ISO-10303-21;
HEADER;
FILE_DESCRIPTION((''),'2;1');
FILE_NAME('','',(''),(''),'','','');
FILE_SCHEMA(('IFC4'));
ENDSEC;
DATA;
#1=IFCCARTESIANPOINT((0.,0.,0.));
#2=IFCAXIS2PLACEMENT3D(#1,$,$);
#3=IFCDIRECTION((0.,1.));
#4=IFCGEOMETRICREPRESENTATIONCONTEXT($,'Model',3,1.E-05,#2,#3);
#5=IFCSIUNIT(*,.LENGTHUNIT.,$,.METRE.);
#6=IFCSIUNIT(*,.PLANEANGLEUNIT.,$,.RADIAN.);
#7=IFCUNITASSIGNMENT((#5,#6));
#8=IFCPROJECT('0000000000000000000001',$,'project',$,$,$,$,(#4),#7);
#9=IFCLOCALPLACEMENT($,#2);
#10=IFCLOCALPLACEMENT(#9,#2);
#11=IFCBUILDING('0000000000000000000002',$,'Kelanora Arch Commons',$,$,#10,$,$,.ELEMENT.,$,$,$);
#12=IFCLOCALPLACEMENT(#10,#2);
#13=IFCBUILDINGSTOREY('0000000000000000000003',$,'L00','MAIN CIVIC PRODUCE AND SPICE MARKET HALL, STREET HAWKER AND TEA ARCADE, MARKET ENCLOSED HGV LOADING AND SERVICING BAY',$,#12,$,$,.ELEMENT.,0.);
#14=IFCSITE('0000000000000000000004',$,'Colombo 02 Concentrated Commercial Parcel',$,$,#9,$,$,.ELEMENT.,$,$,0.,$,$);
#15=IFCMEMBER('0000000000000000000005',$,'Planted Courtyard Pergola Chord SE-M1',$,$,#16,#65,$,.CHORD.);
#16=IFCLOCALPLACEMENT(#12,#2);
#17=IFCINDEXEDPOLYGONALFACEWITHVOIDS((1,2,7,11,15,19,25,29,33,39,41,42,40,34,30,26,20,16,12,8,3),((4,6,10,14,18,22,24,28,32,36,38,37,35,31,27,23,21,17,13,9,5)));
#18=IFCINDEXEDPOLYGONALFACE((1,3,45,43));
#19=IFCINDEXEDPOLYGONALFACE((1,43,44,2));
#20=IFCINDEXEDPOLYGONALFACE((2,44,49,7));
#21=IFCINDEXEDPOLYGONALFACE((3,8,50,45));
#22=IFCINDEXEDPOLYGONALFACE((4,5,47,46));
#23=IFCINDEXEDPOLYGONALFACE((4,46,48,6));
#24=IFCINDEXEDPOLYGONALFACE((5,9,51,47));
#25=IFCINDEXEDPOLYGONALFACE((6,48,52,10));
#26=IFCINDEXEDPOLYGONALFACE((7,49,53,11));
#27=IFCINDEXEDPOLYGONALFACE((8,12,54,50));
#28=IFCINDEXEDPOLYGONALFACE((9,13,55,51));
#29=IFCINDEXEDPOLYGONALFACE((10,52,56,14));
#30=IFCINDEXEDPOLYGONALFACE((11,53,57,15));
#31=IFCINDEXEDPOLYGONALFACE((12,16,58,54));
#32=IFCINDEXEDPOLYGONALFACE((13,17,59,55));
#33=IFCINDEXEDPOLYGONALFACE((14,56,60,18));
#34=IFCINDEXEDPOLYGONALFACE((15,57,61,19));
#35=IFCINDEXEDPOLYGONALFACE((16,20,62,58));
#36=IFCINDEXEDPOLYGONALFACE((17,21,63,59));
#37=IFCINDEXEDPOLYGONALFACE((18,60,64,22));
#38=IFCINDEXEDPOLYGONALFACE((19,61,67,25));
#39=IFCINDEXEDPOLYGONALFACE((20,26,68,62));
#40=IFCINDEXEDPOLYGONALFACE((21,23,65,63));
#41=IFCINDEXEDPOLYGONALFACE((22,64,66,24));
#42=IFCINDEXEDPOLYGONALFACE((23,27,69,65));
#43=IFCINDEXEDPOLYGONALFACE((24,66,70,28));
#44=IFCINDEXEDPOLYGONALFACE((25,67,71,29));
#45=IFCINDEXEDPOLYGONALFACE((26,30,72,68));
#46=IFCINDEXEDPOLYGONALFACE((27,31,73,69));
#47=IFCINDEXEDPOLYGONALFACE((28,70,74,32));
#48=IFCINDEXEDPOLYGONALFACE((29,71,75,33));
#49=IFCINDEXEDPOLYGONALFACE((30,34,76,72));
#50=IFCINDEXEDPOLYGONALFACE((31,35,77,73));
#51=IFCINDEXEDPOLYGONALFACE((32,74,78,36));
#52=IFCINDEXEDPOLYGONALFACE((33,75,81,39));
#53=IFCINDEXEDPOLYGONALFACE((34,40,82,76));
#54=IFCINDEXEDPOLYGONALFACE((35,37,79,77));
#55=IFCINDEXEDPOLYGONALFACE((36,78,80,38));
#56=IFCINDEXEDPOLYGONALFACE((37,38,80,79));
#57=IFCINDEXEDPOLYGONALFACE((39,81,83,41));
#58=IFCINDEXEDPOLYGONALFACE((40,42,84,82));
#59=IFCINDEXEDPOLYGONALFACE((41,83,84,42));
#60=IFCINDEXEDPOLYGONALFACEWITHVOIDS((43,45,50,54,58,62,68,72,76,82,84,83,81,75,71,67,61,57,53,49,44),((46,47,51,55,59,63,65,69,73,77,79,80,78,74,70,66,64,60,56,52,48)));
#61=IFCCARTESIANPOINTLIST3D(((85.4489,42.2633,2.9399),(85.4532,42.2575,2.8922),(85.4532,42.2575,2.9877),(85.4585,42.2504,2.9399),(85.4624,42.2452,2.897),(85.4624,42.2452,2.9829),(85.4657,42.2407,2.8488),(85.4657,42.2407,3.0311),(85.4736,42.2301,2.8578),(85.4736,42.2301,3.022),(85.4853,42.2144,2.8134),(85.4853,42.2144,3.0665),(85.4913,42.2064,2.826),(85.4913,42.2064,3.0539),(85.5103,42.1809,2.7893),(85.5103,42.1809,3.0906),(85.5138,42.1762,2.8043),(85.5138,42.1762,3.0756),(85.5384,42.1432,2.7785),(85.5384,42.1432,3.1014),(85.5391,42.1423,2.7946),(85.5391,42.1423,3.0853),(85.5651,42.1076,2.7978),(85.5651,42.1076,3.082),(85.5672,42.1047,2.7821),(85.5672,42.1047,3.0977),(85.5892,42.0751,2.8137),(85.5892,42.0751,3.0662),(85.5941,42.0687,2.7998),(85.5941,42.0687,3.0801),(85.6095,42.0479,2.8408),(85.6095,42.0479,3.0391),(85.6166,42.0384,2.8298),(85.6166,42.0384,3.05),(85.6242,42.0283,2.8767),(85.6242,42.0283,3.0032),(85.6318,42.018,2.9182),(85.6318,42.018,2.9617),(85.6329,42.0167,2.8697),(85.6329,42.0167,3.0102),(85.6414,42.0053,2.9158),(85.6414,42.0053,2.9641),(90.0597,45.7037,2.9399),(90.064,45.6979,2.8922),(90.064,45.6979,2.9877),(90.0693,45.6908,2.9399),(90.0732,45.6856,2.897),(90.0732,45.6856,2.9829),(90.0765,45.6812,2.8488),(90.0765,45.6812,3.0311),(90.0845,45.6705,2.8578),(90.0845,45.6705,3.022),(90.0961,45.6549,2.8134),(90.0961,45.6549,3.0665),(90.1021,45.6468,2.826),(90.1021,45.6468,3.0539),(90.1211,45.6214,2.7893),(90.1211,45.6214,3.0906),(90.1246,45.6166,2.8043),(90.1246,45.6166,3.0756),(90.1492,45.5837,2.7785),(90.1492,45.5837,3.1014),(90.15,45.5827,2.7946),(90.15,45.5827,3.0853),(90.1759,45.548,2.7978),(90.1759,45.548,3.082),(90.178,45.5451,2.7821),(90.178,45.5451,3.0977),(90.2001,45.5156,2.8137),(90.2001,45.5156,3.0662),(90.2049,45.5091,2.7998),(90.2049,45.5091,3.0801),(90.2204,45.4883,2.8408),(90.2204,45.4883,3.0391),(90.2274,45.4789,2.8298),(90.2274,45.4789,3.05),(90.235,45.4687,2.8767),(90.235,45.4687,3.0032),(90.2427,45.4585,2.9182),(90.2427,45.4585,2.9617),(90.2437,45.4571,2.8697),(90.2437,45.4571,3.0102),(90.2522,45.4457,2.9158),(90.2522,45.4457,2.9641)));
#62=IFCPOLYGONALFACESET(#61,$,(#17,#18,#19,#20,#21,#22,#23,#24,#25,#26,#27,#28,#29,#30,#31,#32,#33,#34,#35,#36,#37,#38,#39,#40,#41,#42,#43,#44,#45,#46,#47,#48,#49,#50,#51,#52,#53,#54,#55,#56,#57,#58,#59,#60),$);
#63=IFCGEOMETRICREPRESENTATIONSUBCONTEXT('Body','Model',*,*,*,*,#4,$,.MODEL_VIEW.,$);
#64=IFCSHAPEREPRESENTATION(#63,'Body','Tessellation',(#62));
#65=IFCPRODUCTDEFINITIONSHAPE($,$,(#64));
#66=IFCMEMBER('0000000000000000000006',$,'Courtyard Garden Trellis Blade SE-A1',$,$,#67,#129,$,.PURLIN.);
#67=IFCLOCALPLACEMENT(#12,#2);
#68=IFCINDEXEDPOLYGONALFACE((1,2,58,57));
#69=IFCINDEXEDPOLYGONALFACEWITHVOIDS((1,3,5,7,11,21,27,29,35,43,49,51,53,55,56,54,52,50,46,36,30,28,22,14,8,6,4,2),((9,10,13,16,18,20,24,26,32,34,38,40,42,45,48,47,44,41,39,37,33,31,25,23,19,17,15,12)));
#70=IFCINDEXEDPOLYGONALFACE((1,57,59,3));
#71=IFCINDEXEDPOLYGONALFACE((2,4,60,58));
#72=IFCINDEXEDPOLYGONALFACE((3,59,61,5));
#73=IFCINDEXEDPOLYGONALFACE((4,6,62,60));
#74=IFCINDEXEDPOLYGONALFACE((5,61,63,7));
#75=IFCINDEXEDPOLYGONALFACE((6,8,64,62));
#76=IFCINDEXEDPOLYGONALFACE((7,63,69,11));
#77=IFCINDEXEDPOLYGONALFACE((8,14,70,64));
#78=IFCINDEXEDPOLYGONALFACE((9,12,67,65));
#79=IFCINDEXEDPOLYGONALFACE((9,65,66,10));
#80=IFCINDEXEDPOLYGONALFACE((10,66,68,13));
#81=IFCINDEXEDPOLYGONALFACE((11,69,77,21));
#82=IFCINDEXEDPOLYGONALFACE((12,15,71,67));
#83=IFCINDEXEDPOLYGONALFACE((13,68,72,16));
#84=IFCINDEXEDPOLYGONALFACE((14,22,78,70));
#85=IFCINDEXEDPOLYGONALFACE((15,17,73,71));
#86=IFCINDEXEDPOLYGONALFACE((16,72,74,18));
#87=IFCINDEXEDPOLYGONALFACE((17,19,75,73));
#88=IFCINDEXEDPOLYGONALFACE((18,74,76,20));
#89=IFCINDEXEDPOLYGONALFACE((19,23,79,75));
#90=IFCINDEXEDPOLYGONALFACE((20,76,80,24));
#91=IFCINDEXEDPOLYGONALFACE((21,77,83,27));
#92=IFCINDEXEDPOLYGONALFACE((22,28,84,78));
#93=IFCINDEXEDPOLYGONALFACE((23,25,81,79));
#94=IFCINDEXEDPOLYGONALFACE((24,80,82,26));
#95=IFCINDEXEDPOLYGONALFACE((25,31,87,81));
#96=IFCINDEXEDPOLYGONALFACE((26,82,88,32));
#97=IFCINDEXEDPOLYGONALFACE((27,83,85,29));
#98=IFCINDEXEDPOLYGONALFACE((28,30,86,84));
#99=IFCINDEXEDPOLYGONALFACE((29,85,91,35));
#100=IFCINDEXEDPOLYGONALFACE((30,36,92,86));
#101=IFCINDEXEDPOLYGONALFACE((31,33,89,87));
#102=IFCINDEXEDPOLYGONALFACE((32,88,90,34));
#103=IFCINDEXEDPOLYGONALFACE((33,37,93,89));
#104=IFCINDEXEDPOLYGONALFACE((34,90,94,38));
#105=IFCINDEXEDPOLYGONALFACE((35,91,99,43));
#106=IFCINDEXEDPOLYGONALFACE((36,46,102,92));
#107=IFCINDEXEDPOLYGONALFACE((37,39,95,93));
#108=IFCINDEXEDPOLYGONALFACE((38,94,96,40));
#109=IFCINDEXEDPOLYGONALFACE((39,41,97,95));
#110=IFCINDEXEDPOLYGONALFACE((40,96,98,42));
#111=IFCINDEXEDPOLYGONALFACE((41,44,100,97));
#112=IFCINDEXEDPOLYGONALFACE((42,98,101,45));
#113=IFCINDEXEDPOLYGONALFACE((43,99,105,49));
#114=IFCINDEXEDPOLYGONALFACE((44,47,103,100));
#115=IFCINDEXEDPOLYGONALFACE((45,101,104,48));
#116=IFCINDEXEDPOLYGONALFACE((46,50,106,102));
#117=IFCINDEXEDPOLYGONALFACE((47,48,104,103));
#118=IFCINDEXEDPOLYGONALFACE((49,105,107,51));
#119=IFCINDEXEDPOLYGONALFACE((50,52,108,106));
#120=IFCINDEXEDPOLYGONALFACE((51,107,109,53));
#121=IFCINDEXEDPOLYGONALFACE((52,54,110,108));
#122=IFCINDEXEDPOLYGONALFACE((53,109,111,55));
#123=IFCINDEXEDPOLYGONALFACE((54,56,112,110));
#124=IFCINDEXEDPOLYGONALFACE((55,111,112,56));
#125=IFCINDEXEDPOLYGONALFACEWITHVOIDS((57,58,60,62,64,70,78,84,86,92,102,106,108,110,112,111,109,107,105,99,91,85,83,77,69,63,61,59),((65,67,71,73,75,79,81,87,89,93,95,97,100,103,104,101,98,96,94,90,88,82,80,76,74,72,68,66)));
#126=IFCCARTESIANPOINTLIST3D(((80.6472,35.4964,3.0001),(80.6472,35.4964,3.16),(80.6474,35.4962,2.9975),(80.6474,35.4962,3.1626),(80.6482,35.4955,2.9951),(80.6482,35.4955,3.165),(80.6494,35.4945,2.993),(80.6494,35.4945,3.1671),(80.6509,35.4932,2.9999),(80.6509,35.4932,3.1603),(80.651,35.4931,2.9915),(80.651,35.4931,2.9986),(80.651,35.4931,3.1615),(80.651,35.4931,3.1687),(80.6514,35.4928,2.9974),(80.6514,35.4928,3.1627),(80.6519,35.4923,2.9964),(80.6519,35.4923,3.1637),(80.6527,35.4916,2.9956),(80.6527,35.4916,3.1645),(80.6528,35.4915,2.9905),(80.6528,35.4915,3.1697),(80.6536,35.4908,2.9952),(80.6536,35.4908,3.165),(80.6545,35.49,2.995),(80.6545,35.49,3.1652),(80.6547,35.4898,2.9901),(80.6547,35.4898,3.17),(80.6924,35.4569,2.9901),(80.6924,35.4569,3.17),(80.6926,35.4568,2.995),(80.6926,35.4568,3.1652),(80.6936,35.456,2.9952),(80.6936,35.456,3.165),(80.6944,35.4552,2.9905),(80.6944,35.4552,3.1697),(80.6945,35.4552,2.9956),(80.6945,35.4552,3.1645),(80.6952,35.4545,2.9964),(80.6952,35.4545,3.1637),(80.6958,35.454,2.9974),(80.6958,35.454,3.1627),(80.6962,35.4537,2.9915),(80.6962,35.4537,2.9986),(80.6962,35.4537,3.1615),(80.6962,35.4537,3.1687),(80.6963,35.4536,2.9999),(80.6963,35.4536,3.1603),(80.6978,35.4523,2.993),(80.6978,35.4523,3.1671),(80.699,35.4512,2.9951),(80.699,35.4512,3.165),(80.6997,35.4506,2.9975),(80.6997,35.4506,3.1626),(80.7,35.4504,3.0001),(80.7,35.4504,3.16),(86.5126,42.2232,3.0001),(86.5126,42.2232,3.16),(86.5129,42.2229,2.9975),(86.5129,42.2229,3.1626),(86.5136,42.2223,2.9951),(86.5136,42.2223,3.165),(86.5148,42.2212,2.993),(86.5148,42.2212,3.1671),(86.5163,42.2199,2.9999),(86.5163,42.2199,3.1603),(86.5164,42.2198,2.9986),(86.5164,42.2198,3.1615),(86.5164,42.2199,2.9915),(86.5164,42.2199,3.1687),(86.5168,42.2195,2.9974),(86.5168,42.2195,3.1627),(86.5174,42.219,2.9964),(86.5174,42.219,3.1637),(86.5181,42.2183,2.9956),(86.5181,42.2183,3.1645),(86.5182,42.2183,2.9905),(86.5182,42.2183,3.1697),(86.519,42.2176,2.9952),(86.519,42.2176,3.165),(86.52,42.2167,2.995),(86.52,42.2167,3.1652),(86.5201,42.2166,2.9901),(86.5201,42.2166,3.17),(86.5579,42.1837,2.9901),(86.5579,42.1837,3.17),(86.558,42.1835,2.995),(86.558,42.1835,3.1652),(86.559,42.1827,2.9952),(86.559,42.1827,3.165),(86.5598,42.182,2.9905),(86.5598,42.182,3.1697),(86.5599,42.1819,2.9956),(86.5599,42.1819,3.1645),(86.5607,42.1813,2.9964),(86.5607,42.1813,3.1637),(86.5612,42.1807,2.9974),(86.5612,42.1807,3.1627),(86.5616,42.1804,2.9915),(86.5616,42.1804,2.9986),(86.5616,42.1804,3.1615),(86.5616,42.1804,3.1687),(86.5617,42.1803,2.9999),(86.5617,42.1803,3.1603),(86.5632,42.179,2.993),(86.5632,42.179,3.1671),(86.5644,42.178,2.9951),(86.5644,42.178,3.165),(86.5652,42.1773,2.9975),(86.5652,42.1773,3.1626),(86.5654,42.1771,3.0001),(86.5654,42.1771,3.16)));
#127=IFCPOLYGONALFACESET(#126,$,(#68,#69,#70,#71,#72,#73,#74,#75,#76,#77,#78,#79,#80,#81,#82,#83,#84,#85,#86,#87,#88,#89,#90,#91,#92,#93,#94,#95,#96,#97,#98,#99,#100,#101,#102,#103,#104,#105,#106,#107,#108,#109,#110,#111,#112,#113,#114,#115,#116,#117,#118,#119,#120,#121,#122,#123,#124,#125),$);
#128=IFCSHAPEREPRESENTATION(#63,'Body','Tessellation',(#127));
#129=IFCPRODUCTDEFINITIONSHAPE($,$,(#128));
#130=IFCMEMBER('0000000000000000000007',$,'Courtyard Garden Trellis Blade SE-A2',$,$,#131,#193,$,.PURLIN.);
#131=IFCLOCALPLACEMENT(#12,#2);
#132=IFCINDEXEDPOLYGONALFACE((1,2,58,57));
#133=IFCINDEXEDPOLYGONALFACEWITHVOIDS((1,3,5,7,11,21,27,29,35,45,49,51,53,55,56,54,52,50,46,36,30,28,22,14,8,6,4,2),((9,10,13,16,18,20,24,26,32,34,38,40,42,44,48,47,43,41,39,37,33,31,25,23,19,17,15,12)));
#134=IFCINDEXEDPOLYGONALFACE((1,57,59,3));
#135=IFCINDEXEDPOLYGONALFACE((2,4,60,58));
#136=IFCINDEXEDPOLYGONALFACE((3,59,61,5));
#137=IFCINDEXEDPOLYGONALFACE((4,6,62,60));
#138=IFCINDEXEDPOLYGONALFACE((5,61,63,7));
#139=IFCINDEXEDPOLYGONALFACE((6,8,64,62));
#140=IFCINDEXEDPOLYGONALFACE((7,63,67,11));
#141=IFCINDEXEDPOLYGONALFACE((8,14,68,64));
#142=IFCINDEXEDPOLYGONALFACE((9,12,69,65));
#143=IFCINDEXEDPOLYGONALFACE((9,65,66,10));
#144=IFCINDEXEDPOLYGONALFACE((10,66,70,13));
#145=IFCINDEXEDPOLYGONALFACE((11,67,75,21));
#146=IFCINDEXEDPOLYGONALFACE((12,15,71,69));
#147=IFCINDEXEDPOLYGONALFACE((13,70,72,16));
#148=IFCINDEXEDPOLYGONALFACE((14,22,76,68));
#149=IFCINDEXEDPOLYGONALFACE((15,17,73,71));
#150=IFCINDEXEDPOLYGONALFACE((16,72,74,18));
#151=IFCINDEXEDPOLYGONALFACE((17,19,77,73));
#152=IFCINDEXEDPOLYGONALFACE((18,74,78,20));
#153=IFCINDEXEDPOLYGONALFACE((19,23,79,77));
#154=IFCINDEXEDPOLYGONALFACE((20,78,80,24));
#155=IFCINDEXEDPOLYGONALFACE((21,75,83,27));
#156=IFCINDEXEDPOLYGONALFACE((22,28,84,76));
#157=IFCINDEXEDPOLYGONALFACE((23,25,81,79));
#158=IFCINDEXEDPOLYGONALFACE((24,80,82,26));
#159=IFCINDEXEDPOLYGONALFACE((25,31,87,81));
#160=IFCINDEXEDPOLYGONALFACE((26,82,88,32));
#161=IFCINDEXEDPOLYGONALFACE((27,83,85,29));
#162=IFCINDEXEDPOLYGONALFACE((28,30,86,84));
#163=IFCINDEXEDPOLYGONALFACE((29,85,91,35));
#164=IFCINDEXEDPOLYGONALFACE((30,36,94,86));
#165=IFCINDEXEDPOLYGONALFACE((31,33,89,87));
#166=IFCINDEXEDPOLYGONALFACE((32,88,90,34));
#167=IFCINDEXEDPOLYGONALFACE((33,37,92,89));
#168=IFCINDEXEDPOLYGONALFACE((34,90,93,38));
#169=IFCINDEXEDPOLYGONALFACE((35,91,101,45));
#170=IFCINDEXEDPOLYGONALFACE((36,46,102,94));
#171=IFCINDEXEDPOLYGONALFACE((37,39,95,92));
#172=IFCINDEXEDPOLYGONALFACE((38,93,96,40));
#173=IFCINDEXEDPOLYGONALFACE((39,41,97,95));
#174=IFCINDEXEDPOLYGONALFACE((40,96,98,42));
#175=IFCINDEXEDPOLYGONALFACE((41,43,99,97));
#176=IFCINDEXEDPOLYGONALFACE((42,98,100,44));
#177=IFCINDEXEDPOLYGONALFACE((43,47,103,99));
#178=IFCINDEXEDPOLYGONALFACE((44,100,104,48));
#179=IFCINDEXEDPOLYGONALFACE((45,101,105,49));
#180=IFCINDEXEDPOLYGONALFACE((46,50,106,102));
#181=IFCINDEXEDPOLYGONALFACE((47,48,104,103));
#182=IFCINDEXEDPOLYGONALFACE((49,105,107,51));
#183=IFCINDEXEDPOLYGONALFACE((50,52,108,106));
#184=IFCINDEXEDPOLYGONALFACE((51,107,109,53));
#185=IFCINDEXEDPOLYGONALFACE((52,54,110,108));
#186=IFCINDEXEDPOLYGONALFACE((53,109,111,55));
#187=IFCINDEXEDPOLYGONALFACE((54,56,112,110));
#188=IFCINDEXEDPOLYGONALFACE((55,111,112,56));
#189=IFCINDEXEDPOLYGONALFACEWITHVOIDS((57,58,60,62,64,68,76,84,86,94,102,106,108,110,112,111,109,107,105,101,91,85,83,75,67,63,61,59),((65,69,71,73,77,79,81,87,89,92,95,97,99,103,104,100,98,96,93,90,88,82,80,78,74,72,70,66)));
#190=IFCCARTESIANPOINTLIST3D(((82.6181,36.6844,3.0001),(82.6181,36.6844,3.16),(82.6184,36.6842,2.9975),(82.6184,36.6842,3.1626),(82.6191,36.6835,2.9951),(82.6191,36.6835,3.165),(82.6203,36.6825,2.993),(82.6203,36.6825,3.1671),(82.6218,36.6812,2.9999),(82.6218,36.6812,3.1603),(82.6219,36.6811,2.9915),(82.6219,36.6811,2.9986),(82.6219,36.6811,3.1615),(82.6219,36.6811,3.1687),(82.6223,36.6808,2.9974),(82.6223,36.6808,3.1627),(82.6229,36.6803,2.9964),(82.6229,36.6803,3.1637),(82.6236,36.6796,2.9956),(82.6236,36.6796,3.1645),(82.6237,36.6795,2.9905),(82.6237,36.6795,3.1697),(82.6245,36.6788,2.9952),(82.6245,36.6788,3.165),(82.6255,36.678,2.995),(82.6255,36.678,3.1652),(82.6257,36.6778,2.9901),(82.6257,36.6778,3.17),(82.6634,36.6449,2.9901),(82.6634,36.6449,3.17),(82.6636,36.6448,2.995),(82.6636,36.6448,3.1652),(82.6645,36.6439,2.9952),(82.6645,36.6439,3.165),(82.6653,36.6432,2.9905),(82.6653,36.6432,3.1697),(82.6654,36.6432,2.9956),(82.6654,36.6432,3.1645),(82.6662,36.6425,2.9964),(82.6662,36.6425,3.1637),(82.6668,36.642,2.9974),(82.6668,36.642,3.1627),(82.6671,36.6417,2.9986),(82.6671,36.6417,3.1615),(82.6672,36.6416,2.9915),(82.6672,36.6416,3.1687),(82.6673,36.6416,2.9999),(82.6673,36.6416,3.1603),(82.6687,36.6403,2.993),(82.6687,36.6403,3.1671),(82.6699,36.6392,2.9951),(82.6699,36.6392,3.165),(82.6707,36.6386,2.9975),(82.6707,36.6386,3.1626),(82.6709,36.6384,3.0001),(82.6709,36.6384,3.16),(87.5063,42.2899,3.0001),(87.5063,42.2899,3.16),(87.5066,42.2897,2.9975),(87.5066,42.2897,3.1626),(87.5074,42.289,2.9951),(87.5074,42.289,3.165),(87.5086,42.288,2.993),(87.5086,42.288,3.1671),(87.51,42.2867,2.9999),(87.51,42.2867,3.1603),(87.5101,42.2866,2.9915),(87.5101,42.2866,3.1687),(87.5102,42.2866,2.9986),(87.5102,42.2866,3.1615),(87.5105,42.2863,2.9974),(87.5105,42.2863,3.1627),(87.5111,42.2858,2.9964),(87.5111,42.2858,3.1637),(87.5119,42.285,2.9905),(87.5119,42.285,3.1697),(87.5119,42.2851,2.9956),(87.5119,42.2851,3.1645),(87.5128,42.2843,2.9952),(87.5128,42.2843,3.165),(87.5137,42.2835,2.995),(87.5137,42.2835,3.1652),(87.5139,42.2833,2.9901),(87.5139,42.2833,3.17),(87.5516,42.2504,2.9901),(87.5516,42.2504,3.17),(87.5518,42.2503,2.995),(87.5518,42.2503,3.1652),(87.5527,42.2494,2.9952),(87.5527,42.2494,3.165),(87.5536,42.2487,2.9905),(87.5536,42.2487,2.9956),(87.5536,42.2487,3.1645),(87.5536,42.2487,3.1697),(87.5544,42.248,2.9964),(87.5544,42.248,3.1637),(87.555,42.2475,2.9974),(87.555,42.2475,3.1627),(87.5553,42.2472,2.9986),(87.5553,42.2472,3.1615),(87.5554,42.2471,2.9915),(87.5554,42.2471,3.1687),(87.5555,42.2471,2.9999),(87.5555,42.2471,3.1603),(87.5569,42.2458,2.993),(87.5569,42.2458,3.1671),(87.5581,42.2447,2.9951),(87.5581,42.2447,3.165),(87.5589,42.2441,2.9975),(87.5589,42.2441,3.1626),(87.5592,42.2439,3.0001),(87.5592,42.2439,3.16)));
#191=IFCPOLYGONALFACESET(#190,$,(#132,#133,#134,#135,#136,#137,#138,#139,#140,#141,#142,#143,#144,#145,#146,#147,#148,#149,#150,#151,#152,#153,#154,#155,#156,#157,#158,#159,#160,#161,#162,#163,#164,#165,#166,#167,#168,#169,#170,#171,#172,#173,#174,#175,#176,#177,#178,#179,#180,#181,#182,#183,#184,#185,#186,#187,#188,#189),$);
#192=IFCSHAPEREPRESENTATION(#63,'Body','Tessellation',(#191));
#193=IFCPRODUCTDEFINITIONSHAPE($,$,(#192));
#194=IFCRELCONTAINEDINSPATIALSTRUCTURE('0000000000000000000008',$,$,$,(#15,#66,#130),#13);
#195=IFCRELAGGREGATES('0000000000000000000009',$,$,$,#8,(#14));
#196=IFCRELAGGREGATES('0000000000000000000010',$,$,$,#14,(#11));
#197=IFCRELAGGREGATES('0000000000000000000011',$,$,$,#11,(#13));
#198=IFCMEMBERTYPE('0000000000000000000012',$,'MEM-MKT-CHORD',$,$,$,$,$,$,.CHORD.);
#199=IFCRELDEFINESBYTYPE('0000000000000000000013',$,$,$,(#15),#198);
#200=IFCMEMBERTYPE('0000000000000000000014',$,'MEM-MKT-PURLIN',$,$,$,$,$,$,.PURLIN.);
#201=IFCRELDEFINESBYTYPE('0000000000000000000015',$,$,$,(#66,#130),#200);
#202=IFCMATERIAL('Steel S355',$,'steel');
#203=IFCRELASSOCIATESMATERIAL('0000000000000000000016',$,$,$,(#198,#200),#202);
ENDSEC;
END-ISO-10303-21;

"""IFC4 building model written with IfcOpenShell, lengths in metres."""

from ifc_helpers import new_model, si_unit, direction, frame, origin, origin_2d, place, context, subcontext, project, spatial, hollow_rectangle, hollow_circle, extrude, material, material_profile, profile_set, type_object, element, save


model = new_model("IFC4")

# Units and contexts
model_context = context("Model", 3, precision=1e-05, world=origin(), true_north=direction((0.0, 1.0)))
body_context = subcontext(model_context, "Body", "Model", "MODEL_VIEW")
ifc_project = project(units=[si_unit("LENGTHUNIT", "METRE"), si_unit("PLANEANGLEUNIT", "RADIAN")], contexts=[model_context])

# Site, building, storey
site_placement = place(None, origin())
site = spatial("IfcSite", under=ifc_project, at=site_placement, Name="Colombo 02 Concentrated Commercial Parcel", CompositionType="ELEMENT", RefElevation=0.0)
building_placement = place(site_placement, origin())
building = spatial("IfcBuilding", under=site, at=building_placement, Name="Kelanora Arch Commons", CompositionType="ELEMENT")
storey_placement = place(building_placement, origin())
storey = spatial("IfcBuildingStorey", under=building, at=storey_placement, Name="L00", Description="MAIN CIVIC PRODUCE AND SPICE MARKET HALL, STREET HAWKER AND TEA ARCADE, MARKET ENCLOSED HGV LOADING AND SERVICING BAY", CompositionType="ELEMENT", Elevation=0.0)

# Shared definitions
ifc_material_1 = material(Name="Steel S355", Category="steel")

# Members
ifc_material_profile_1 = material_profile(ifc_material_1, hollow_circle(Radius=0.1619, WallThickness=0.0161, at=origin_2d()), Name="CHS323.9x16")
ifc_profile_set_1 = profile_set([ifc_material_profile_1], Name="Steel S355")
member_type_1 = type_object("IfcMemberType", Name="MEM-MKT-CHORD", PredefinedType="CHORD", material=ifc_profile_set_1)
member_1_placement = place(storey_placement, frame((85.5457, 42.1335, 2.9399), z_axis=(0.801474, 0.598029, 0.0), x_axis=(-0.598029, 0.801474, 0.0)))
element("IfcMember", 1, at=member_1_placement, inside=storey, type_object=member_type_1, Name="Planted Courtyard Pergola Chord SE-M1", PredefinedType="CHORD", context=body_context, shape_type="SweptSolid", body=[
    extrude(hollow_circle(Radius=0.1619, WallThickness=0.0161, at=origin_2d()), origin(), (0.0, 0.0, 1.0), 5.7529),
])
ifc_material_profile_2 = material_profile(ifc_material_1, hollow_rectangle(XDim=0.0701, YDim=0.1799, WallThickness=0.0049, InnerFilletRadius=0.0049, OuterFilletRadius=0.01, at=origin_2d()), Name="RHS180x70x5")
ifc_profile_set_2 = profile_set([ifc_material_profile_2], Name="Steel S355")
member_type_2 = type_object("IfcMemberType", Name="MEM-MKT-PURLIN", PredefinedType="PURLIN", material=ifc_profile_set_2)
member_2_placement = place(storey_placement, frame((80.6736, 35.4734, 3.0801), z_axis=(0.657204, 0.753713, 0.0), x_axis=(-0.753713, 0.657204, 0.0)))
element("IfcMember", 2, at=member_2_placement, inside=storey, type_object=member_type_2, Name="Courtyard Garden Trellis Blade SE-A1", PredefinedType="PURLIN", context=body_context, shape_type="SweptSolid", body=[
    extrude(hollow_rectangle(XDim=0.0701, YDim=0.1799, WallThickness=0.0049, InnerFilletRadius=0.0049, OuterFilletRadius=0.01, at=origin_2d()), origin(), (0.0, 0.0, 1.0), 8.9248),
])
member_3_placement = place(storey_placement, frame((82.6445, 36.6614, 3.0801), z_axis=(0.657239, 0.753682, 0.0), x_axis=(-0.753682, 0.657239, 0.0)))
element("IfcMember", 3, at=member_3_placement, inside=storey, type_object=member_type_2, Name="Courtyard Garden Trellis Blade SE-A2", PredefinedType="PURLIN", context=body_context, shape_type="SweptSolid", body=[
    extrude(hollow_rectangle(XDim=0.0701, YDim=0.1799, WallThickness=0.0049, InnerFilletRadius=0.0049, OuterFilletRadius=0.01, at=origin_2d()), origin(), (0.0, 0.0, 1.0), 7.4375),
])

save(model, "model.ifc")
